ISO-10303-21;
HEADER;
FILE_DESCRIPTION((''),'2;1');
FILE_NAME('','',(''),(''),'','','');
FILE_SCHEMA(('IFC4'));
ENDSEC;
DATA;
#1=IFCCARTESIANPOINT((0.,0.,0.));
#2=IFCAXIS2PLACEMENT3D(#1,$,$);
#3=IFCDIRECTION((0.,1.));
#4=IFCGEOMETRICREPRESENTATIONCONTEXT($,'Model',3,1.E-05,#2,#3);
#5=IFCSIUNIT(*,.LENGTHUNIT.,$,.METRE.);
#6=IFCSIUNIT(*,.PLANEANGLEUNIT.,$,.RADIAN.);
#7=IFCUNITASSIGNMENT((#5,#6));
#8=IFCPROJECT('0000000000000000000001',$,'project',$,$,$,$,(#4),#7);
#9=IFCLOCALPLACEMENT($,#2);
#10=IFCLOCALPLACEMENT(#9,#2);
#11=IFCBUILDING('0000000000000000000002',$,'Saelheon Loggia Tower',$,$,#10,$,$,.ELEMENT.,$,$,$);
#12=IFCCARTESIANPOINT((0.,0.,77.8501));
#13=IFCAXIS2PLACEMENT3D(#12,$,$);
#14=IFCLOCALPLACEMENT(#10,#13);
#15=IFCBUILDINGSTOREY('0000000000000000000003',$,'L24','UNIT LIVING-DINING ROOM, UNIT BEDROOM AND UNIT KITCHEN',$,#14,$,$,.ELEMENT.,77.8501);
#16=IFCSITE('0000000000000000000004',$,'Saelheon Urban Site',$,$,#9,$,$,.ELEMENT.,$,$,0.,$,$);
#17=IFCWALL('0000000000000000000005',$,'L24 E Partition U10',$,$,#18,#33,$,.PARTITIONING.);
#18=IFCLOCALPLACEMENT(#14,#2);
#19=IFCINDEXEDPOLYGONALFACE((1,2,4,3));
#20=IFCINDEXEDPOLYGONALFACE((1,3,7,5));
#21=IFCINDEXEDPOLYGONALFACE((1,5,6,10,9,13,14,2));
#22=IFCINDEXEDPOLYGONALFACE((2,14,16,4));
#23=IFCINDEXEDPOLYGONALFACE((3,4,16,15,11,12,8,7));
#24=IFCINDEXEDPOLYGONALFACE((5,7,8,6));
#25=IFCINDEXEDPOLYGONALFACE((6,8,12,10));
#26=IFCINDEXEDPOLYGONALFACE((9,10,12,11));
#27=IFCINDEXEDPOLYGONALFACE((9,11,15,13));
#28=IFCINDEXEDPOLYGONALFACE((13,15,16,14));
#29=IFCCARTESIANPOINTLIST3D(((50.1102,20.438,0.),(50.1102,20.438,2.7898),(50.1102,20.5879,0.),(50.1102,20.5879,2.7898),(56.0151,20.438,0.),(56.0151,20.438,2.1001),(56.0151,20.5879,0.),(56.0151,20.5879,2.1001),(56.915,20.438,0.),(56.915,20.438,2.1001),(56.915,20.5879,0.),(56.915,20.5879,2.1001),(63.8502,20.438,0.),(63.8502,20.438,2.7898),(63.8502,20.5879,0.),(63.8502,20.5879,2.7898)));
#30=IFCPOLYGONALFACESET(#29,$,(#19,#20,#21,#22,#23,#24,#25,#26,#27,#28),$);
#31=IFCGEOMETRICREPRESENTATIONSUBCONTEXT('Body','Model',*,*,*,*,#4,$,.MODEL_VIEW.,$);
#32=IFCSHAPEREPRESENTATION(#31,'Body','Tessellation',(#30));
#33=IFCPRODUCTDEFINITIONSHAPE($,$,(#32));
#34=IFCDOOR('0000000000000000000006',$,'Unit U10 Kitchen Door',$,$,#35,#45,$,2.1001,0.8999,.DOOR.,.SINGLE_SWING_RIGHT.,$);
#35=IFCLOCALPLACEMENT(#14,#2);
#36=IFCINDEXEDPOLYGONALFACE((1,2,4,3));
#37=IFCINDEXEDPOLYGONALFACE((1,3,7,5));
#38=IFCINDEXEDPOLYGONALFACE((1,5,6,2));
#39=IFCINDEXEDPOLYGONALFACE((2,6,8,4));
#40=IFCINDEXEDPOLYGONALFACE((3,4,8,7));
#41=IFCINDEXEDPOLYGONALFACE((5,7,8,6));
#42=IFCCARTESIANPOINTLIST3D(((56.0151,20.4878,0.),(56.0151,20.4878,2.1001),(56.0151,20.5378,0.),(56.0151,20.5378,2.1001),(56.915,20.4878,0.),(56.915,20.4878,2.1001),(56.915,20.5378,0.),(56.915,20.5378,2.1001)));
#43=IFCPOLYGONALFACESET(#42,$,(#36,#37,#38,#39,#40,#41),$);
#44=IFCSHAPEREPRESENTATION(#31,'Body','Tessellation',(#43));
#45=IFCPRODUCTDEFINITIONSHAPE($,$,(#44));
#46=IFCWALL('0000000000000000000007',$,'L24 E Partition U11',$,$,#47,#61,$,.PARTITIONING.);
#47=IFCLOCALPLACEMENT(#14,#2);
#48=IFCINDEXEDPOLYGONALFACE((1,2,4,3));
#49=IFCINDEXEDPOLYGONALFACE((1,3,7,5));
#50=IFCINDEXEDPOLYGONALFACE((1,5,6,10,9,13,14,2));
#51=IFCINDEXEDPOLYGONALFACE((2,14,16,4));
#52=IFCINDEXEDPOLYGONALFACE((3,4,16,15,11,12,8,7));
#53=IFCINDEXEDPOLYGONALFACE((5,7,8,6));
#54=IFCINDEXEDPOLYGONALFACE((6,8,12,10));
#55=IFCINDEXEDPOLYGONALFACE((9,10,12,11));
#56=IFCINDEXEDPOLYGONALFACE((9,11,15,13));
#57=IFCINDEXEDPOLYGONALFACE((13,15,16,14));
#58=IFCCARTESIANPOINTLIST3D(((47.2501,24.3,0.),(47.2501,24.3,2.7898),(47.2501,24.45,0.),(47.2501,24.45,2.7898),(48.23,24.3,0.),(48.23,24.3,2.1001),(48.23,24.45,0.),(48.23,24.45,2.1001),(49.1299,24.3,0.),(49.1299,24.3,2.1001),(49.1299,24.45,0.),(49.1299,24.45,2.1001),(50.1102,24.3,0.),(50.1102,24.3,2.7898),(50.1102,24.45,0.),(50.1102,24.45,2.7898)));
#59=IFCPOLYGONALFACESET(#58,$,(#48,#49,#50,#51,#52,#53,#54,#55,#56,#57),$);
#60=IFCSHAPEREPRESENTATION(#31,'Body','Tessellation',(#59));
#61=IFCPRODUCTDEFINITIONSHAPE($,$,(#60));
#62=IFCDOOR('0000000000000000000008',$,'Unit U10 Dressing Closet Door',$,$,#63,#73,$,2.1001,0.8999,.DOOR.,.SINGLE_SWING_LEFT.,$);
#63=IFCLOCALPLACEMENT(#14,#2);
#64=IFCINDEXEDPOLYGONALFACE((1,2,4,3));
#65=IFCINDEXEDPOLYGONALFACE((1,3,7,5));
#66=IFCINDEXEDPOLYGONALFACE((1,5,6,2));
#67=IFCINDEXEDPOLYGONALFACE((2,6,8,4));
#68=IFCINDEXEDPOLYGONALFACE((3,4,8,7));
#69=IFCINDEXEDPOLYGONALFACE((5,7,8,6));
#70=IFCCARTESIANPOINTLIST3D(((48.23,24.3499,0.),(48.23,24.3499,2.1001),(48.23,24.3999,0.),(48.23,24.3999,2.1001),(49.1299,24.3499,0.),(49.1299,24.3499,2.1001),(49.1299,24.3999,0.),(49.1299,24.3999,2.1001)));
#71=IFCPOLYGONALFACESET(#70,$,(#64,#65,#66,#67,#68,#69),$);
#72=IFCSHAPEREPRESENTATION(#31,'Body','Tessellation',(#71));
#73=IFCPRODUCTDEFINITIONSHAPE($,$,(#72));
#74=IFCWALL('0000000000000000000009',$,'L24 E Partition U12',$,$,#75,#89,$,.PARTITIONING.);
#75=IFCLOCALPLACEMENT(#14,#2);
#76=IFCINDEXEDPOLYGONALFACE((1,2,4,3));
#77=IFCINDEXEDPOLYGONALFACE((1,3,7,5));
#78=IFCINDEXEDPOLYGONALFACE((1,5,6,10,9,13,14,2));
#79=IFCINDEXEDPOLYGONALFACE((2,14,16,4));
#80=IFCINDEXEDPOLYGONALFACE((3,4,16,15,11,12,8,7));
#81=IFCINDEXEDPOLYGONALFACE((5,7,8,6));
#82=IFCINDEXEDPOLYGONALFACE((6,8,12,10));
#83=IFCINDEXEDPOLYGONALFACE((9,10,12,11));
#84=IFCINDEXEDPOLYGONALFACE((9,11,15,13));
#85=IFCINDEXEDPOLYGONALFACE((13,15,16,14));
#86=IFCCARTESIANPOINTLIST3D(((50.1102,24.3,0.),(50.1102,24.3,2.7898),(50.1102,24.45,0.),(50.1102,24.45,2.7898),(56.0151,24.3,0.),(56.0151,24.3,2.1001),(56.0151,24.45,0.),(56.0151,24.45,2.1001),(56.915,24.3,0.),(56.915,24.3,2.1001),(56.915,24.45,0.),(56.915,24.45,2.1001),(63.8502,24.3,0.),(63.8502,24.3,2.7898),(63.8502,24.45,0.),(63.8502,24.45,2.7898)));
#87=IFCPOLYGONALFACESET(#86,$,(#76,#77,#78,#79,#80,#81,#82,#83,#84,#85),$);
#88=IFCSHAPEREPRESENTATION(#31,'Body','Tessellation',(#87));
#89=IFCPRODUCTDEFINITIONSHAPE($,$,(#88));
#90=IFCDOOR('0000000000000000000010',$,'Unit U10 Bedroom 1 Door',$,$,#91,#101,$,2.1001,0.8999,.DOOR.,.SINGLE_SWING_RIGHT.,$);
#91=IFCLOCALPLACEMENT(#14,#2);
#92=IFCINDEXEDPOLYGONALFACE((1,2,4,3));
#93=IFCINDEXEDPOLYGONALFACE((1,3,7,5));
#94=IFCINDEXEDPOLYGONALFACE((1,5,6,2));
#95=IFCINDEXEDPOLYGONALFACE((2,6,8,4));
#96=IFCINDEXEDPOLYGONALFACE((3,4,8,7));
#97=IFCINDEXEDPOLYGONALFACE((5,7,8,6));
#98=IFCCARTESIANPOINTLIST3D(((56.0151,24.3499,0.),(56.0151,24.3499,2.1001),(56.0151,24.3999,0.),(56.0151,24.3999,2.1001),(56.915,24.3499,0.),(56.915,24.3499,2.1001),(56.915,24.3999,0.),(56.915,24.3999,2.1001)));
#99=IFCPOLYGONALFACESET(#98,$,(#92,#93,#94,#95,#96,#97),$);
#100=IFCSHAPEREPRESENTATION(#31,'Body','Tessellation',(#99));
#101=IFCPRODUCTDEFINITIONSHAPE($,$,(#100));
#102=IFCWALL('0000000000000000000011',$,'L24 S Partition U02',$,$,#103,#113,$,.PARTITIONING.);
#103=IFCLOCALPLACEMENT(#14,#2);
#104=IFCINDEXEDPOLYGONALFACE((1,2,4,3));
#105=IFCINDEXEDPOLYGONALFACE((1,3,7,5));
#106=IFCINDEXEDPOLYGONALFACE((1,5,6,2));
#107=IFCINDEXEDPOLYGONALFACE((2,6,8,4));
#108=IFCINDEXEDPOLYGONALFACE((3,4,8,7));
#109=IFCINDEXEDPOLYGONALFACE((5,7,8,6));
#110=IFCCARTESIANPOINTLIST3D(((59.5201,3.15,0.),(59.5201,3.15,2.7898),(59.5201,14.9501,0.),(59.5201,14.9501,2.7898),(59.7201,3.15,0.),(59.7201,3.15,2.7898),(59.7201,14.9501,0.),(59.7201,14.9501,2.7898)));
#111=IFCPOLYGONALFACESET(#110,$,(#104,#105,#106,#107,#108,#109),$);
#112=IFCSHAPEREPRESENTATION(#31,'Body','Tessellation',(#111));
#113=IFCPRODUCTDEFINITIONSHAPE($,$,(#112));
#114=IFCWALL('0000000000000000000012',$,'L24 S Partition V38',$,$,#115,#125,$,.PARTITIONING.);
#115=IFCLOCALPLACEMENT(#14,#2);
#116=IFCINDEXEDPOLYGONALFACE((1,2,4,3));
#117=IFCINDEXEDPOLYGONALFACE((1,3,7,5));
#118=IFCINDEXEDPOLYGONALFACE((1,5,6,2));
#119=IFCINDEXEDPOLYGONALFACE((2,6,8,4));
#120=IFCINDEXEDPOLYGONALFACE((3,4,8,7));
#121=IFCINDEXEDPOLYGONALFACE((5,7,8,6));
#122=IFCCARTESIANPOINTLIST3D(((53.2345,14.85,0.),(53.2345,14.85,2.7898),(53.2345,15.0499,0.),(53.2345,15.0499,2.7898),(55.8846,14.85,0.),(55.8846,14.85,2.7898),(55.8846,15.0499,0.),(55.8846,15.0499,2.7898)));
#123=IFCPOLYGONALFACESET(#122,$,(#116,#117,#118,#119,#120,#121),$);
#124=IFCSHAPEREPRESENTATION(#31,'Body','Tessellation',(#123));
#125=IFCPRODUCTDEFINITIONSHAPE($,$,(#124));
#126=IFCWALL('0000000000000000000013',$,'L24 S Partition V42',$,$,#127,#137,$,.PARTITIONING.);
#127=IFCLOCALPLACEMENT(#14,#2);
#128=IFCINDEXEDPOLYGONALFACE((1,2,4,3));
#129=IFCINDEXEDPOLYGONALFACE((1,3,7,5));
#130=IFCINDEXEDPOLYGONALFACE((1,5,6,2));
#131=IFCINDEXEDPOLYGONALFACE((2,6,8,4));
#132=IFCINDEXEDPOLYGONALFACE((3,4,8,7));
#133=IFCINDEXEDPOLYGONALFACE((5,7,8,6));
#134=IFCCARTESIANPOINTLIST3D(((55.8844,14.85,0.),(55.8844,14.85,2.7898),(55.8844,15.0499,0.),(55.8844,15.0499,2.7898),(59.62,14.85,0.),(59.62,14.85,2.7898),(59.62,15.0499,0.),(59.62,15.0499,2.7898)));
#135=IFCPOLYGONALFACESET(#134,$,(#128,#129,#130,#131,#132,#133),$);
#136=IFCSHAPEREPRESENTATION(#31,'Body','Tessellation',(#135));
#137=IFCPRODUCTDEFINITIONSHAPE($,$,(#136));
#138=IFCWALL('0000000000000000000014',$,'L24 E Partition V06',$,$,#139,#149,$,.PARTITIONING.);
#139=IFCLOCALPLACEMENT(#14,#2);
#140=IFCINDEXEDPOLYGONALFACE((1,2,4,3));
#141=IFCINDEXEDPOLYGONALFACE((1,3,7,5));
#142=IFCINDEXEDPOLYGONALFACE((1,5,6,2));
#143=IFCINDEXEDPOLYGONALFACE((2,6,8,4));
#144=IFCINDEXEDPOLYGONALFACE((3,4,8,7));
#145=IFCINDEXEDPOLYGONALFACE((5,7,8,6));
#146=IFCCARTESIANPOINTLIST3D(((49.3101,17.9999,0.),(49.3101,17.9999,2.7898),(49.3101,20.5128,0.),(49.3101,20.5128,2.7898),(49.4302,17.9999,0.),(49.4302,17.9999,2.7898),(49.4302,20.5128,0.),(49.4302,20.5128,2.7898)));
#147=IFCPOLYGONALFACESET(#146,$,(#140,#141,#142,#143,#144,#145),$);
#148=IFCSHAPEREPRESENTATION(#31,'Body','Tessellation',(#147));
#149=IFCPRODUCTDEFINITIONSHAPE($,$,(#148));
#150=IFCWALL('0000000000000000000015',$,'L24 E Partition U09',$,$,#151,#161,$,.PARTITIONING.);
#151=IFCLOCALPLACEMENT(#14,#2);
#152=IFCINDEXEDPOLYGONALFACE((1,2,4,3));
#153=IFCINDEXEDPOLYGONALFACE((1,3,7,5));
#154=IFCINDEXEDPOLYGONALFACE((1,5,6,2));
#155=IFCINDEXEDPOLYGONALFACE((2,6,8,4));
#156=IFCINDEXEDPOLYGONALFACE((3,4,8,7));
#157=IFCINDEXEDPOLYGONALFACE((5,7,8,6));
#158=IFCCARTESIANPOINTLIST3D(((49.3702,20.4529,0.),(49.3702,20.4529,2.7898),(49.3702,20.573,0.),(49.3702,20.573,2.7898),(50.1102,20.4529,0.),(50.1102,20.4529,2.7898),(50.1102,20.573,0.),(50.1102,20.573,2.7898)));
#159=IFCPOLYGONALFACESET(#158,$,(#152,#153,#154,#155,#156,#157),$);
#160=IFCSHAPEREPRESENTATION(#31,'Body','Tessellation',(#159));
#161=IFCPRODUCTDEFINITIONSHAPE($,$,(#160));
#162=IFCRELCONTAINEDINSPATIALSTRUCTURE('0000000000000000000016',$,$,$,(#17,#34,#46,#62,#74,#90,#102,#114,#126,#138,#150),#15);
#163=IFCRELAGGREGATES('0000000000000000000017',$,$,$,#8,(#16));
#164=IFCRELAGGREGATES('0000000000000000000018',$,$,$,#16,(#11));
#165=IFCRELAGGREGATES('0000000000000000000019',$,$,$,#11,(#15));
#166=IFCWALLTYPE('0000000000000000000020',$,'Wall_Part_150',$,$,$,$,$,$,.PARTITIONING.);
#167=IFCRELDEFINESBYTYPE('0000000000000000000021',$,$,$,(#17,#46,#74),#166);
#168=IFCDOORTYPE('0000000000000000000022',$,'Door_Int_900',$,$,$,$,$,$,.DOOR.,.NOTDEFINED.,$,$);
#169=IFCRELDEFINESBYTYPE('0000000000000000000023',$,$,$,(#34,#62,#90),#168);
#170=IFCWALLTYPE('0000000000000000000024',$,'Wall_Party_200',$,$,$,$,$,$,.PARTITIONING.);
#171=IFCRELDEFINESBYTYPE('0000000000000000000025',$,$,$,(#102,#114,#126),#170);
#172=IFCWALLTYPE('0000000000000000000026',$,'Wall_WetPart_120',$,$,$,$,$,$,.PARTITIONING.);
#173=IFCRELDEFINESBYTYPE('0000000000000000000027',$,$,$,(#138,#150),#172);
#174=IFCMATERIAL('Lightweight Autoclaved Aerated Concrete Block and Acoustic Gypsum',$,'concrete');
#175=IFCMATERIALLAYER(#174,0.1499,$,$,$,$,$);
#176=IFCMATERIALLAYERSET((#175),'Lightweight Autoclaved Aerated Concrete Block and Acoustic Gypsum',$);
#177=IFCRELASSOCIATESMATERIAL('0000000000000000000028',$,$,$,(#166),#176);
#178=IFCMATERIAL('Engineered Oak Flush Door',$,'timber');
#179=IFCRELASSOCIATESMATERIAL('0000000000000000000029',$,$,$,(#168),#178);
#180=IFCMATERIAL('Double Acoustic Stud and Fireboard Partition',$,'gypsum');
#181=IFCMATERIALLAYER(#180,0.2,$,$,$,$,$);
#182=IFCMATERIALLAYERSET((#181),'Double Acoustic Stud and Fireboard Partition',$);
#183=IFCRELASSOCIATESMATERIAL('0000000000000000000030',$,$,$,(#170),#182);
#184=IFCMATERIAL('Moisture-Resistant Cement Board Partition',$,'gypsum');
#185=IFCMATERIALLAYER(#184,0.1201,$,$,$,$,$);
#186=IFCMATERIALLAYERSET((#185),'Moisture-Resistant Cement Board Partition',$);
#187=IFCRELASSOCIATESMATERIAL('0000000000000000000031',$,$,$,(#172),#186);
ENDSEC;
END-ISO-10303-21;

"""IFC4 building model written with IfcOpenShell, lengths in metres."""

from ifc_helpers import new_model, si_unit, direction, frame, frame_2d, origin, place, context, subcontext, project, spatial, rectangle, extrude, source, transform, mapped, material, layer, layer_set, type_object, element, fill, save


model = new_model("IFC4")

# Units and contexts
model_context = context("Model", 3, precision=1e-05, world=origin(), true_north=direction((0.0, 1.0)))
body_context = subcontext(model_context, "Body", "Model", "MODEL_VIEW")
ifc_project = project(units=[si_unit("LENGTHUNIT", "METRE"), si_unit("PLANEANGLEUNIT", "RADIAN")], contexts=[model_context])

# Site, building, storey
site_placement = place(None, origin())
site = spatial("IfcSite", under=ifc_project, at=site_placement, Name="Saelheon Urban Site", CompositionType="ELEMENT", RefElevation=0.0)
building_placement = place(site_placement, origin())
building = spatial("IfcBuilding", under=site, at=building_placement, Name="Saelheon Loggia Tower", CompositionType="ELEMENT")
storey_placement = place(building_placement, frame((0.0, 0.0, 77.8501)))
storey = spatial("IfcBuildingStorey", under=building, at=storey_placement, Name="L24", Description="UNIT LIVING-DINING ROOM, UNIT BEDROOM AND UNIT KITCHEN", CompositionType="ELEMENT", Elevation=77.8501)

# Shared definitions
ifc_material_1 = material(Name="Lightweight Autoclaved Aerated Concrete Block and Acoustic Gypsum", Category="concrete")
ifc_layer_1 = layer(ifc_material_1, 0.1499)
ifc_layer_set_1 = layer_set([ifc_layer_1], Name="Lightweight Autoclaved Aerated Concrete Block and Acoustic Gypsum")
wall_type_1 = type_object("IfcWallType", Name="Wall_Part_150", PredefinedType="PARTITIONING", material=ifc_layer_set_1)

# Shared definitions
ifc_material_2 = material(Name="Engineered Oak Flush Door", Category="timber")
door_type = type_object("IfcDoorType", Name="Door_Int_900", OperationType="NOTDEFINED", PredefinedType="DOOR", material=ifc_material_2)
shared_shape_1 = source(origin(), body_context, "Body", "SweptSolid", [
    extrude(rectangle(XDim=0.8999, YDim=2.1001, at=frame_2d((0.45, 1.05))), frame((0.0, 0.0249, 0.0), z_axis=(0.0, -1.0, 0.0), x_axis=(1.0, 0.0, 0.0)), (0.0, 0.0, 1.0), 0.05),
])

# Walls, openings, doors
wall_1_placement = place(storey_placement, frame((50.1101, 20.5129, 0.0), z_axis=(0.0, 0.0, 1.0), x_axis=(1.0, 0.0, 0.0)))
wall_1 = element("IfcWall", 1, at=wall_1_placement, inside=storey, type_object=wall_type_1, Name="L24 E Partition U10", PredefinedType="PARTITIONING", context=body_context, shape_type="SweptSolid", body=[
    extrude(rectangle(XDim=13.74, YDim=0.1499, at=frame_2d((6.8701, 0.0))), origin(), (0.0, 0.0, 1.0), 2.7898),
])
opening_1_placement = place(wall_1_placement, frame((5.905, 0.0, 0.0)))
opening_1 = element("IfcOpeningElement", 2, at=opening_1_placement, cuts=wall_1, PredefinedType="OPENING", context=body_context, shape_type="SweptSolid", body=[
    extrude(rectangle(XDim=0.8999, YDim=2.1001, at=frame_2d((0.45, 1.05))), frame((0.0, 0.0869, 0.0), z_axis=(0.0, -1.0, 0.0), x_axis=(1.0, 0.0, 0.0)), (0.0, 0.0, 1.0), 0.1738),
])
door_1_placement = place(opening_1_placement, origin())
door_1 = element("IfcDoor", 3, at=door_1_placement, inside=storey, type_object=door_type, Name="Unit U10 Kitchen Door", OperationType="SINGLE_SWING_RIGHT", OverallHeight=2.1001, OverallWidth=0.8999, PredefinedType="DOOR", context=body_context, shape_type="MappedRepresentation", body=[
    mapped(shared_shape_1, transform((0.0, 0.0, 0.0), scale=1.0)),
])
fill(opening_1, door_1)
wall_2_placement = place(storey_placement, frame((47.25, 24.375, 0.0), z_axis=(0.0, 0.0, 1.0), x_axis=(1.0, 0.0, 0.0)))
wall_2 = element("IfcWall", 4, at=wall_2_placement, inside=storey, type_object=wall_type_1, Name="L24 E Partition U11", PredefinedType="PARTITIONING", context=body_context, shape_type="SweptSolid", body=[
    extrude(rectangle(XDim=2.8601, YDim=0.1499, at=frame_2d((1.4302, 0.0))), origin(), (0.0, 0.0, 1.0), 2.7898),
])
opening_2_placement = place(wall_2_placement, frame((0.98, 0.0, 0.0)))
opening_2 = element("IfcOpeningElement", 5, at=opening_2_placement, cuts=wall_2, PredefinedType="OPENING", context=body_context, shape_type="SweptSolid", body=[
    extrude(rectangle(XDim=0.8999, YDim=2.1001, at=frame_2d((0.45, 1.05))), frame((0.0, 0.0869, 0.0), z_axis=(0.0, -1.0, 0.0), x_axis=(1.0, 0.0, 0.0)), (0.0, 0.0, 1.0), 0.1738),
])
door_2_placement = place(opening_2_placement, origin())
door_2 = element("IfcDoor", 6, at=door_2_placement, inside=storey, type_object=door_type, Name="Unit U10 Dressing Closet Door", OperationType="SINGLE_SWING_LEFT", OverallHeight=2.1001, OverallWidth=0.8999, PredefinedType="DOOR", context=body_context, shape_type="MappedRepresentation", body=[
    mapped(shared_shape_1, transform((0.0, 0.0, 0.0), scale=1.0)),
])
fill(opening_2, door_2)
wall_3_placement = place(storey_placement, frame((50.1101, 24.375, 0.0), z_axis=(0.0, 0.0, 1.0), x_axis=(1.0, 0.0, 0.0)))
wall_3 = element("IfcWall", 7, at=wall_3_placement, inside=storey, type_object=wall_type_1, Name="L24 E Partition U12", PredefinedType="PARTITIONING", context=body_context, shape_type="SweptSolid", body=[
    extrude(rectangle(XDim=13.74, YDim=0.1499, at=frame_2d((6.8701, 0.0))), origin(), (0.0, 0.0, 1.0), 2.7898),
])
opening_3_placement = place(wall_3_placement, frame((5.905, 0.0, 0.0)))
opening_3 = element("IfcOpeningElement", 8, at=opening_3_placement, cuts=wall_3, PredefinedType="OPENING", context=body_context, shape_type="SweptSolid", body=[
    extrude(rectangle(XDim=0.8999, YDim=2.1001, at=frame_2d((0.45, 1.05))), frame((0.0, 0.0869, 0.0), z_axis=(0.0, -1.0, 0.0), x_axis=(1.0, 0.0, 0.0)), (0.0, 0.0, 1.0), 0.1738),
])
door_3_placement = place(opening_3_placement, origin())
door_3 = element("IfcDoor", 9, at=door_3_placement, inside=storey, type_object=door_type, Name="Unit U10 Bedroom 1 Door", OperationType="SINGLE_SWING_RIGHT", OverallHeight=2.1001, OverallWidth=0.8999, PredefinedType="DOOR", context=body_context, shape_type="MappedRepresentation", body=[
    mapped(shared_shape_1, transform((0.0, 0.0, 0.0), scale=1.0)),
])
fill(opening_3, door_3)

# Walls
ifc_material_3 = material(Name="Double Acoustic Stud and Fireboard Partition", Category="gypsum")
ifc_layer_2 = layer(ifc_material_3, 0.2)
ifc_layer_set_2 = layer_set([ifc_layer_2], Name="Double Acoustic Stud and Fireboard Partition")
wall_type_2 = type_object("IfcWallType", Name="Wall_Party_200", PredefinedType="PARTITIONING", material=ifc_layer_set_2)
wall_4_placement = place(storey_placement, frame((59.6201, 14.95, 0.0), z_axis=(0.0, 0.0, 1.0), x_axis=(0.0, -1.0, 0.0)))
element("IfcWall", 10, at=wall_4_placement, inside=storey, type_object=wall_type_2, Name="L24 S Partition U02", PredefinedType="PARTITIONING", context=body_context, shape_type="SweptSolid", body=[
    extrude(rectangle(XDim=11.8, YDim=0.2, at=frame_2d((5.8999, 0.0))), origin(), (0.0, 0.0, 1.0), 2.7898),
])
wall_5_placement = place(storey_placement, frame((53.2344, 14.95, 0.0), z_axis=(0.0, 0.0, 1.0), x_axis=(1.0, 0.0, 0.0)))
element("IfcWall", 11, at=wall_5_placement, inside=storey, type_object=wall_type_2, Name="L24 S Partition V38", PredefinedType="PARTITIONING", context=body_context, shape_type="SweptSolid", body=[
    extrude(rectangle(XDim=2.6501, YDim=0.2, at=frame_2d((1.3252, 0.0))), origin(), (0.0, 0.0, 1.0), 2.7898),
])
wall_6_placement = place(storey_placement, frame((55.8845, 14.95, 0.0), z_axis=(0.0, 0.0, 1.0), x_axis=(1.0, 0.0, 0.0)))
element("IfcWall", 12, at=wall_6_placement, inside=storey, type_object=wall_type_2, Name="L24 S Partition V42", PredefinedType="PARTITIONING", context=body_context, shape_type="SweptSolid", body=[
    extrude(rectangle(XDim=3.7356, YDim=0.2, at=frame_2d((1.8677, 0.0))), origin(), (0.0, 0.0, 1.0), 2.7898),
])
ifc_material_4 = material(Name="Moisture-Resistant Cement Board Partition", Category="gypsum")
ifc_layer_3 = layer(ifc_material_4, 0.1201)
ifc_layer_set_3 = layer_set([ifc_layer_3], Name="Moisture-Resistant Cement Board Partition")
wall_type_3 = type_object("IfcWallType", Name="Wall_WetPart_120", PredefinedType="PARTITIONING", material=ifc_layer_set_3)
wall_7_placement = place(storey_placement, frame((49.3701, 18.0, 0.0), z_axis=(0.0, 0.0, 1.0), x_axis=(0.0, 1.0, 0.0)))
element("IfcWall", 13, at=wall_7_placement, inside=storey, type_object=wall_type_3, Name="L24 E Partition V06", PredefinedType="PARTITIONING", context=body_context, shape_type="SweptSolid", body=[
    extrude(rectangle(XDim=2.5129, YDim=0.1201, at=frame_2d((1.2563, 0.0))), origin(), (0.0, 0.0, 1.0), 2.7898),
])
wall_8_placement = place(storey_placement, frame((49.3701, 20.5129, 0.0), z_axis=(0.0, 0.0, 1.0), x_axis=(1.0, 0.0, 0.0)))
element("IfcWall", 14, at=wall_8_placement, inside=storey, type_object=wall_type_3, Name="L24 E Partition U09", PredefinedType="PARTITIONING", context=body_context, shape_type="SweptSolid", body=[
    extrude(rectangle(XDim=0.74, YDim=0.1201, at=frame_2d((0.3701, 0.0))), origin(), (0.0, 0.0, 1.0), 2.7898),
])

save(model, "model.ifc")
